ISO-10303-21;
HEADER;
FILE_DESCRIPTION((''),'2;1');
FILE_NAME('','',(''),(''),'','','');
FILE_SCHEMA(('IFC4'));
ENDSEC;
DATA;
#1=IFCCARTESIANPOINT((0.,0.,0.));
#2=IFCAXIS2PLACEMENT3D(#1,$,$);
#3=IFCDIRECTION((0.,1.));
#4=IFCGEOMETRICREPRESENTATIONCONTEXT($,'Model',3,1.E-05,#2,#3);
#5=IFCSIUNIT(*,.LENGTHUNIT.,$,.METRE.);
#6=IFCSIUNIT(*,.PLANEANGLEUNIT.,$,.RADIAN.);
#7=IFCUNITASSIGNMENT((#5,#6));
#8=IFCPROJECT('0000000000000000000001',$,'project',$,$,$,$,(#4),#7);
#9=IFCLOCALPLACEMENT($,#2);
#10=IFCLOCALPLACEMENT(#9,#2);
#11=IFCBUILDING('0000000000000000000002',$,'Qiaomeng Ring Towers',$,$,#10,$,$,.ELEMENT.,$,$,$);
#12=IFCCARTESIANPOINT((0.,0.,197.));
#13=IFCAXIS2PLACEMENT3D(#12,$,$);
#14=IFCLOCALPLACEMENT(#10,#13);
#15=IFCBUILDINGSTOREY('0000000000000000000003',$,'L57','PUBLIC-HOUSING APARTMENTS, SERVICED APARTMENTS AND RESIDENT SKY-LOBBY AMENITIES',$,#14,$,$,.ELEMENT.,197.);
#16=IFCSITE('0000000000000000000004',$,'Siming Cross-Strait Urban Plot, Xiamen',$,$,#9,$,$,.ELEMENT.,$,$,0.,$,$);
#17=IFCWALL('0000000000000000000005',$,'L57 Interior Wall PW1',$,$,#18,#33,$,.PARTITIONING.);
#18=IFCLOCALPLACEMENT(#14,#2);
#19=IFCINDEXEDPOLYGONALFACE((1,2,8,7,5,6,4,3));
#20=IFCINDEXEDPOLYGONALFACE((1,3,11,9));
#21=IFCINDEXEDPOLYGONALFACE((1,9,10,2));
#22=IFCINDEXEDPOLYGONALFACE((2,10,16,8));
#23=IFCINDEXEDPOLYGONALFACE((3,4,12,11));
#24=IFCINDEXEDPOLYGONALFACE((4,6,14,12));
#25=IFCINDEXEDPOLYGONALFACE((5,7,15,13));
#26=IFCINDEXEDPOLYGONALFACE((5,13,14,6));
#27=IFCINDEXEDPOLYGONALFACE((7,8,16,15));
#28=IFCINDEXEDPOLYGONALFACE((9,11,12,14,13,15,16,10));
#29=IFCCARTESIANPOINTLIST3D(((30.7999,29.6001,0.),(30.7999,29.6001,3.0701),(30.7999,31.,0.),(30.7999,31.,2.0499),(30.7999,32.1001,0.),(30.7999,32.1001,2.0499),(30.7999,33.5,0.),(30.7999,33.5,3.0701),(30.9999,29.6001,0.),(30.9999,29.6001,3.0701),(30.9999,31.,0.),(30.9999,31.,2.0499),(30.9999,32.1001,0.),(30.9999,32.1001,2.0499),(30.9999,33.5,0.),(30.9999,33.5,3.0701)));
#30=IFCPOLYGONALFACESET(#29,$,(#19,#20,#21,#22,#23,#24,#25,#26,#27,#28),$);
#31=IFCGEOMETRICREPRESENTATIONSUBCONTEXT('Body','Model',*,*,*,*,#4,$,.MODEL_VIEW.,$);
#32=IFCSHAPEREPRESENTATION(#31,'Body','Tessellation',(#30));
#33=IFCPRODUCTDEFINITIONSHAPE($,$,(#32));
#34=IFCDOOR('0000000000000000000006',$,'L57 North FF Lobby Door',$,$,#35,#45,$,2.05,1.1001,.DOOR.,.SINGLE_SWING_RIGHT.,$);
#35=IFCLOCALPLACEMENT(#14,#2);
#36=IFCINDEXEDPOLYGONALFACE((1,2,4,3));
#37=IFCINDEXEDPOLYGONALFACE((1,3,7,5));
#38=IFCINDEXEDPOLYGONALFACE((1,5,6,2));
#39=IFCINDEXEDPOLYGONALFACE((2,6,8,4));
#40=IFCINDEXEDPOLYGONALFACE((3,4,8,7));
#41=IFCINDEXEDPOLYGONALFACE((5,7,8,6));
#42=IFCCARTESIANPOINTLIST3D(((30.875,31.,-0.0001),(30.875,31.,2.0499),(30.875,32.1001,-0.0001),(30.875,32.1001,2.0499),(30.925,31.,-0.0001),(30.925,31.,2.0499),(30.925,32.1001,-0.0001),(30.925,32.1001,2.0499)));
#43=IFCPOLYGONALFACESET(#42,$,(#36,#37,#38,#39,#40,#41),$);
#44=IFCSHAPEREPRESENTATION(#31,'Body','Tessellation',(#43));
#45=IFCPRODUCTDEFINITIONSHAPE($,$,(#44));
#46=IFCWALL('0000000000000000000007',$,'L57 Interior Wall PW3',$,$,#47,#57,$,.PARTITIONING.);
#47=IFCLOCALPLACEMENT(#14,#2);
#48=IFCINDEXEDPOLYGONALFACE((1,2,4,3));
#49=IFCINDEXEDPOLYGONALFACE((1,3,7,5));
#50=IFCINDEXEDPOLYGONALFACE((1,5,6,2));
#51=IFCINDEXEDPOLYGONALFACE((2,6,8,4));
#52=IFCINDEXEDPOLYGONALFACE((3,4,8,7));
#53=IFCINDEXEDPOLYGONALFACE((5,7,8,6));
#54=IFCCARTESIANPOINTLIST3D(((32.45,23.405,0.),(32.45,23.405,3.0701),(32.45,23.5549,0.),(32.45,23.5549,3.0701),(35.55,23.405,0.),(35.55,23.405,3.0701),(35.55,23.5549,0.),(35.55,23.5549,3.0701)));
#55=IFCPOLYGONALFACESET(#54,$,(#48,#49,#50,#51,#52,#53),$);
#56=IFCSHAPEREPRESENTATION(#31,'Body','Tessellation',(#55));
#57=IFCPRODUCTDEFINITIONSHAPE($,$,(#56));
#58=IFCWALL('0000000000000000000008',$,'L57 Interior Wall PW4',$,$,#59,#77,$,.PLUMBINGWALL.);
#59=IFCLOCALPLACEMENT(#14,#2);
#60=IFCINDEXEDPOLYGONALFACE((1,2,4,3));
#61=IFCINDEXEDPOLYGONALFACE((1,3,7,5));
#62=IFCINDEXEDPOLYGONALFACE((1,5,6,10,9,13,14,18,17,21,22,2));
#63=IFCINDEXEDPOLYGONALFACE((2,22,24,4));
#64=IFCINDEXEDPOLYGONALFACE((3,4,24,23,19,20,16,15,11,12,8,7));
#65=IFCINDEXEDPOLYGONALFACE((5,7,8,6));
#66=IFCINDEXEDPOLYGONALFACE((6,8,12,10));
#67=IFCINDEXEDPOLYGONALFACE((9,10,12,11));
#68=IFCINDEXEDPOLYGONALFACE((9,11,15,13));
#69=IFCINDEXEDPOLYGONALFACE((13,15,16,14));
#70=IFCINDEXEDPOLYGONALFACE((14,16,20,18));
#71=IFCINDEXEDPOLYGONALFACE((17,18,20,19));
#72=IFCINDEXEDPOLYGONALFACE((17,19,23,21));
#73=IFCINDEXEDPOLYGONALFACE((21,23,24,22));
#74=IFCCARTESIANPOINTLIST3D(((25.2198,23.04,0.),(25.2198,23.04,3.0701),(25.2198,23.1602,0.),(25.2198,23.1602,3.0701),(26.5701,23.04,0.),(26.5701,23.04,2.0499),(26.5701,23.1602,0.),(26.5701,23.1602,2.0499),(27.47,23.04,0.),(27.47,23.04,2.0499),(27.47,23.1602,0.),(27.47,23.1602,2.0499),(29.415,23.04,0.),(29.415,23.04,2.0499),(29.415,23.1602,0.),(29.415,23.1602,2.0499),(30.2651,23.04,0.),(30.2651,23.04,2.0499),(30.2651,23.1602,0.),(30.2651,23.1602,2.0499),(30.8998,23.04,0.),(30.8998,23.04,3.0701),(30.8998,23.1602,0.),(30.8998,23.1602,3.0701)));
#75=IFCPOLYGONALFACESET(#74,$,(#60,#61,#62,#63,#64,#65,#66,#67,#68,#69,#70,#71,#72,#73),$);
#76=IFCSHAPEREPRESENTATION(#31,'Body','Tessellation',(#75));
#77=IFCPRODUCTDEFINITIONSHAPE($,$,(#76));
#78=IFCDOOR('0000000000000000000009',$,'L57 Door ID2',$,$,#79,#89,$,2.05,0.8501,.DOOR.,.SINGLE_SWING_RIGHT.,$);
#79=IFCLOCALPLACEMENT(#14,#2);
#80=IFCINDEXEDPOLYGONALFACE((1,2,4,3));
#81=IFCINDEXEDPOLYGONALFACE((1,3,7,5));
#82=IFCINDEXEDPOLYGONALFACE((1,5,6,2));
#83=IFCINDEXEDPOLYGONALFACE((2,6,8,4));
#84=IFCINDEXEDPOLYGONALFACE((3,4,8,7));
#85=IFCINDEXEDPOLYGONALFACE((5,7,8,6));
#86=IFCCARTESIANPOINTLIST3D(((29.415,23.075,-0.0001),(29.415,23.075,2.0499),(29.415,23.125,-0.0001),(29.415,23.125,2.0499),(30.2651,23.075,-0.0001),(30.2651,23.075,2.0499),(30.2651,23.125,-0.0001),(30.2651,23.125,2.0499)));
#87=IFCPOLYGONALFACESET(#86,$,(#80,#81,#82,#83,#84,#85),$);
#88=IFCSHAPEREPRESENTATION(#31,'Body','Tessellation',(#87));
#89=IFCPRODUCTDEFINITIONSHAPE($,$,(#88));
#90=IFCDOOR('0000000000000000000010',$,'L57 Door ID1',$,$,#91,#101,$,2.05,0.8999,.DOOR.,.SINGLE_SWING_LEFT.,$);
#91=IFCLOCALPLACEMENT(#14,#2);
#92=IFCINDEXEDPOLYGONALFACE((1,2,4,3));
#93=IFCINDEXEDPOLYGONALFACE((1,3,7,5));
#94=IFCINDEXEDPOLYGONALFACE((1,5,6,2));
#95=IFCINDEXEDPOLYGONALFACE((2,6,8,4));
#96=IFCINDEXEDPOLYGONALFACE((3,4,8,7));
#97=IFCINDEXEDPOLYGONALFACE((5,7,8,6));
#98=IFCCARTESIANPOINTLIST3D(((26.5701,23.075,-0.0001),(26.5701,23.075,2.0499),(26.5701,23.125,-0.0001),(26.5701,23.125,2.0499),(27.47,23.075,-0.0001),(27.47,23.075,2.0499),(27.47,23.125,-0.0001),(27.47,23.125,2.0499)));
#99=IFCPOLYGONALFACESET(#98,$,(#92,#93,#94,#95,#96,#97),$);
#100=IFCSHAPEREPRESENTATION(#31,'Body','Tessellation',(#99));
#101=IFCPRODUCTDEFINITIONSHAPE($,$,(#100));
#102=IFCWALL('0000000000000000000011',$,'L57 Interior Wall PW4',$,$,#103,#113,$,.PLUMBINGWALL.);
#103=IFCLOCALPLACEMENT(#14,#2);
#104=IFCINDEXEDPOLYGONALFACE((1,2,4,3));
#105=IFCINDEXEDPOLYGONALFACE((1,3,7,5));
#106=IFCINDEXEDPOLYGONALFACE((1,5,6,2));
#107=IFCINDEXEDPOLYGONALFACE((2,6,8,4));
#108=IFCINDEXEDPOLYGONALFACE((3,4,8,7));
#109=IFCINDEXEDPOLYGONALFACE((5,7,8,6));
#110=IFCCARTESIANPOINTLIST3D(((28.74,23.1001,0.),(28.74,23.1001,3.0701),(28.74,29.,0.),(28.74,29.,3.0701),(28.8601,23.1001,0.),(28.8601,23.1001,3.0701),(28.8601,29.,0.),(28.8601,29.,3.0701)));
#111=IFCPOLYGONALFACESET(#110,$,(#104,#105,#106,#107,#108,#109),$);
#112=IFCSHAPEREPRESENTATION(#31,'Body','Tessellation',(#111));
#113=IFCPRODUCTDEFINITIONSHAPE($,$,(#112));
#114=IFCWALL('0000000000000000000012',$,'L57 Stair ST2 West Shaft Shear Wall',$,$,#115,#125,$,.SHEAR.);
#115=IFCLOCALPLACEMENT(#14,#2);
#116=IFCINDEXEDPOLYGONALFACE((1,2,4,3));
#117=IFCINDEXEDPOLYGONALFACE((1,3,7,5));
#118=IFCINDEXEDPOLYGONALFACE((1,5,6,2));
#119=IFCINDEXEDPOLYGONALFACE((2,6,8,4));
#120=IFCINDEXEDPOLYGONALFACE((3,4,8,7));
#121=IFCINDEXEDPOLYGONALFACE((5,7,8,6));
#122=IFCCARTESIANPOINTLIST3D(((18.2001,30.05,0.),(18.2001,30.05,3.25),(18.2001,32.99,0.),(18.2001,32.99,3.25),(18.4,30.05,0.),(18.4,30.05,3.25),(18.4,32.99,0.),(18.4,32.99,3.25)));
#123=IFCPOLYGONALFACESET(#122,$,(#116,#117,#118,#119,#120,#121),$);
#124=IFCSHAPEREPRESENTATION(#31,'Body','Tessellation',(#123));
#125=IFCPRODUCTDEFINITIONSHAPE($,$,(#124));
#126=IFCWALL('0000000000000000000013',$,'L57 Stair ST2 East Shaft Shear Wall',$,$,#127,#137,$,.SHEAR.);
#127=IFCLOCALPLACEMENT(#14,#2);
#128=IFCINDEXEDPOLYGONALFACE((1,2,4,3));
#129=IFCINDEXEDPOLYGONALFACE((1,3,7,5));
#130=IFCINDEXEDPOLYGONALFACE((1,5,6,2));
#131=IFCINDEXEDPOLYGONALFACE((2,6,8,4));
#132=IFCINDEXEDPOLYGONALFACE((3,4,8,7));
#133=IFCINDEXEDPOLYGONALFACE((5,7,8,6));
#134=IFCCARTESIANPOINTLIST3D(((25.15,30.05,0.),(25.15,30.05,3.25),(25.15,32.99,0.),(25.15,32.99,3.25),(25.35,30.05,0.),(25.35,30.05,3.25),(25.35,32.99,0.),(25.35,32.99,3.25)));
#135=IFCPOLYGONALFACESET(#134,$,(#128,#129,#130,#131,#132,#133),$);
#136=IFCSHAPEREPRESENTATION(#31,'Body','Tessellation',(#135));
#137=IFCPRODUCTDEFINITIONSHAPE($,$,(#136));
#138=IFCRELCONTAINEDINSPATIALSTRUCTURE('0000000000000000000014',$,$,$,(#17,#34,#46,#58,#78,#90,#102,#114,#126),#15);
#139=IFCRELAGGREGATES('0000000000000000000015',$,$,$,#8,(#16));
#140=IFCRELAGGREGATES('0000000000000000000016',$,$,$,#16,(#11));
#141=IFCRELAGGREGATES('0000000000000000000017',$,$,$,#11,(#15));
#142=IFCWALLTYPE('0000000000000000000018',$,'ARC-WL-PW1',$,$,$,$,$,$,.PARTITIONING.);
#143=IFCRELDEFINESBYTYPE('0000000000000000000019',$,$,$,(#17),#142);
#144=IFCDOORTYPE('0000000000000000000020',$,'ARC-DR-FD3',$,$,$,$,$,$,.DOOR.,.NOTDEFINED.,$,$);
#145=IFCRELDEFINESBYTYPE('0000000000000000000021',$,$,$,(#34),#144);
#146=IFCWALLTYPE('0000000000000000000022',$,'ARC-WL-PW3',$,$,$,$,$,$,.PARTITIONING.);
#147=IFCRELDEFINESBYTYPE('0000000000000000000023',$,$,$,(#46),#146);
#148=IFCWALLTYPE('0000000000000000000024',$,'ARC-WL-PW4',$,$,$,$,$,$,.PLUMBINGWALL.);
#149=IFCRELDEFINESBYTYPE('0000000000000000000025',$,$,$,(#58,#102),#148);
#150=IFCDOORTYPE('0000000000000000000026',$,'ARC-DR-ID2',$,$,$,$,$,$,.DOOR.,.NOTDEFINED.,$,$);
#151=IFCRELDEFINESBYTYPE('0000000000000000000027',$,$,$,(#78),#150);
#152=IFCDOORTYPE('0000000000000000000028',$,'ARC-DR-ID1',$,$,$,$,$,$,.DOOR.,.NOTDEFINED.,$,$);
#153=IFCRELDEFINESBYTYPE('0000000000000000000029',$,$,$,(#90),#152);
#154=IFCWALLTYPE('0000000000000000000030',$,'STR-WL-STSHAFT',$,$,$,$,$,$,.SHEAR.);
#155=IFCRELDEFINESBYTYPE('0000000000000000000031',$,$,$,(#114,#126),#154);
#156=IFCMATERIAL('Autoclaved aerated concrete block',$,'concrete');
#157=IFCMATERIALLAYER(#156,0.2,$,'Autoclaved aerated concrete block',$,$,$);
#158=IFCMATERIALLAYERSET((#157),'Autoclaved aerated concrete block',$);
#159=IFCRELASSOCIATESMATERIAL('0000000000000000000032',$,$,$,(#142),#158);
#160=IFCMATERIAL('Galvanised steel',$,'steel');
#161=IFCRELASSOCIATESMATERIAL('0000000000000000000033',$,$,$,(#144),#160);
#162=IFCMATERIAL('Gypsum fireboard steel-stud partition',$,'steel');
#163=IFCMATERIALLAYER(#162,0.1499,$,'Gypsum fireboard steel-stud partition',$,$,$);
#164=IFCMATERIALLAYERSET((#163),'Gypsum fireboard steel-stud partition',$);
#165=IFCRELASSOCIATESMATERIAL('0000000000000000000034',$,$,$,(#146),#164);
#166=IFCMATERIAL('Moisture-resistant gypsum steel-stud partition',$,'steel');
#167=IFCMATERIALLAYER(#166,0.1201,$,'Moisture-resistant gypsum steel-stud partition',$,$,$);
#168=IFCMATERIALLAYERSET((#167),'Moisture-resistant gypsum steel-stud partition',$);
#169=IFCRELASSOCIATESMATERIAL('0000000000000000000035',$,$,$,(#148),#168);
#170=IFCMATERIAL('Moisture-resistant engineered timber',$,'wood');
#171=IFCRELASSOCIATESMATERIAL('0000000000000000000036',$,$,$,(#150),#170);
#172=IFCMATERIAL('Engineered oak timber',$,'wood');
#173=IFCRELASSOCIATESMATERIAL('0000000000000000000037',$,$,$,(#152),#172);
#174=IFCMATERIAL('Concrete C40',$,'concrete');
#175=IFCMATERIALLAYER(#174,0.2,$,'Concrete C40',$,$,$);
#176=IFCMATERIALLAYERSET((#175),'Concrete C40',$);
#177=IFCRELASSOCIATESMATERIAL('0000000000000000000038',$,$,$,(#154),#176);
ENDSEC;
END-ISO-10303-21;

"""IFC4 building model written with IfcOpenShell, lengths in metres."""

from ifc_helpers import new_model, si_unit, direction, frame, frame_2d, origin, place, context, subcontext, project, spatial, rectangle, extrude, source, transform, mapped, material, layer, layer_set, type_object, element, fill, save


model = new_model("IFC4")

# Units and contexts
model_context = context("Model", 3, precision=1e-05, world=origin(), true_north=direction((0.0, 1.0)))
body_context = subcontext(model_context, "Body", "Model", "MODEL_VIEW")
ifc_project = project(units=[si_unit("LENGTHUNIT", "METRE"), si_unit("PLANEANGLEUNIT", "RADIAN")], contexts=[model_context])

# Site, building, storey
site_placement = place(None, origin())
site = spatial("IfcSite", under=ifc_project, at=site_placement, Name="Siming Cross-Strait Urban Plot, Xiamen", CompositionType="ELEMENT", RefElevation=0.0)
building_placement = place(site_placement, origin())
building = spatial("IfcBuilding", under=site, at=building_placement, Name="Qiaomeng Ring Towers", CompositionType="ELEMENT")
storey_placement = place(building_placement, frame((0.0, 0.0, 197.0)))
storey = spatial("IfcBuildingStorey", under=building, at=storey_placement, Name="L57", Description="PUBLIC-HOUSING APARTMENTS, SERVICED APARTMENTS AND RESIDENT SKY-LOBBY AMENITIES", CompositionType="ELEMENT", Elevation=197.0)

# Shared definitions
ifc_material_1 = material(Name="Concrete C40", Category="concrete")

# Shared definitions
ifc_material_2 = material(Name="Autoclaved aerated concrete block", Category="concrete")
ifc_layer_1 = layer(ifc_material_2, 0.2, Name="Autoclaved aerated concrete block")
ifc_layer_set_1 = layer_set([ifc_layer_1], Name="Autoclaved aerated concrete block")
wall_type_1 = type_object("IfcWallType", Name="ARC-WL-PW1", PredefinedType="PARTITIONING", material=ifc_layer_set_1)

# Wall, opening, door
wall_1_placement = place(storey_placement, frame((30.8999, 29.6001, 0.0), z_axis=(0.0, 0.0, 1.0), x_axis=(0.0, 1.0, 0.0)))
wall_1 = element("IfcWall", 1, at=wall_1_placement, inside=storey, type_object=wall_type_1, Name="L57 Interior Wall PW1", PredefinedType="PARTITIONING", context=body_context, shape_type="SweptSolid", body=[
    extrude(rectangle(XDim=3.8999, YDim=0.2, at=frame_2d((1.95, 0.0))), origin(), (0.0, 0.0, 1.0), 3.0701),
])
opening_1_placement = place(wall_1_placement, frame((1.3999, 0.0, 0.0)))
opening_1 = element("IfcOpeningElement", 2, at=opening_1_placement, cuts=wall_1, PredefinedType="OPENING", context=body_context, shape_type="SweptSolid", body=[
    extrude(rectangle(XDim=1.1001, YDim=2.05, at=frame_2d((0.55, 1.0249))), frame((0.0, 0.1099, 0.0), z_axis=(0.0, -1.0, 0.0), x_axis=(1.0, 0.0, 0.0)), (0.0, 0.0, 1.0), 0.22),
])
ifc_material_3 = material(Name="Galvanised steel", Category="steel")
door_type_1 = type_object("IfcDoorType", Name="ARC-DR-FD3", OperationType="NOTDEFINED", PredefinedType="DOOR", material=ifc_material_3)
shared_shape_1 = source(origin(), body_context, "Body", "SweptSolid", [
    extrude(rectangle(XDim=1.1001, YDim=2.05, at=frame_2d((0.55, 1.0249))), frame((0.0, 0.0249, 0.0), z_axis=(0.0, -1.0, 0.0), x_axis=(1.0, 0.0, 0.0)), (0.0, 0.0, 1.0), 0.05),
])
door_1_placement = place(opening_1_placement, origin())
door_1 = element("IfcDoor", 3, at=door_1_placement, inside=storey, type_object=door_type_1, Name="L57 North FF Lobby Door", OperationType="SINGLE_SWING_RIGHT", OverallHeight=2.05, OverallWidth=1.1001, PredefinedType="DOOR", context=body_context, shape_type="MappedRepresentation", body=[
    mapped(shared_shape_1, transform((0.0, 0.0, 0.0), x_axis=(1.0, 0.0, 0.0), y_axis=(0.0, 1.0, 0.0), z_axis=(0.0, 0.0, 1.0), scale=1.0)),
])
fill(opening_1, door_1)

# Wall
ifc_material_4 = material(Name="Gypsum fireboard steel-stud partition", Category="steel")
ifc_layer_2 = layer(ifc_material_4, 0.1499, Name="Gypsum fireboard steel-stud partition")
ifc_layer_set_2 = layer_set([ifc_layer_2], Name="Gypsum fireboard steel-stud partition")
wall_type_2 = type_object("IfcWallType", Name="ARC-WL-PW3", PredefinedType="PARTITIONING", material=ifc_layer_set_2)
wall_2_placement = place(storey_placement, frame((32.45, 23.48, 0.0), z_axis=(0.0, 0.0, 1.0), x_axis=(1.0, 0.0, 0.0)))
element("IfcWall", 4, at=wall_2_placement, inside=storey, type_object=wall_type_2, Name="L57 Interior Wall PW3", PredefinedType="PARTITIONING", context=body_context, shape_type="SweptSolid", body=[
    extrude(rectangle(XDim=3.1001, YDim=0.1499, at=frame_2d((1.55, 0.0))), origin(), (0.0, 0.0, 1.0), 3.0701),
])

# Wall, openings, doors
ifc_material_5 = material(Name="Moisture-resistant gypsum steel-stud partition", Category="steel")
ifc_layer_3 = layer(ifc_material_5, 0.1201, Name="Moisture-resistant gypsum steel-stud partition")
ifc_layer_set_3 = layer_set([ifc_layer_3], Name="Moisture-resistant gypsum steel-stud partition")
wall_type_3 = type_object("IfcWallType", Name="ARC-WL-PW4", PredefinedType="PLUMBINGWALL", material=ifc_layer_set_3)
wall_3_placement = place(storey_placement, frame((25.22, 23.1001, 0.0), z_axis=(0.0, 0.0, 1.0), x_axis=(1.0, 0.0, 0.0)))
wall_3 = element("IfcWall", 5, at=wall_3_placement, inside=storey, type_object=wall_type_3, Name="L57 Interior Wall PW4", PredefinedType="PLUMBINGWALL", context=body_context, shape_type="SweptSolid", body=[
    extrude(rectangle(XDim=5.6799, YDim=0.1201, at=frame_2d((2.8398, 0.0))), origin(), (0.0, 0.0, 1.0), 3.0701),
])
opening_2_placement = place(wall_3_placement, frame((1.3501, 0.0, 0.0)))
opening_2 = element("IfcOpeningElement", 6, at=opening_2_placement, cuts=wall_3, PredefinedType="OPENING", context=body_context, shape_type="SweptSolid", body=[
    extrude(rectangle(XDim=0.8999, YDim=2.05, at=frame_2d((0.45, 1.0249))), frame((0.0, 0.0701, 0.0), z_axis=(0.0, -1.0, 0.0), x_axis=(1.0, 0.0, 0.0)), (0.0, 0.0, 1.0), 0.1401),
])
opening_3_placement = place(wall_3_placement, frame((4.1951, 0.0, 0.0)))
opening_3 = element("IfcOpeningElement", 7, at=opening_3_placement, cuts=wall_3, PredefinedType="OPENING", context=body_context, shape_type="SweptSolid", body=[
    extrude(rectangle(XDim=0.8501, YDim=2.05, at=frame_2d((0.425, 1.0249))), frame((0.0, 0.0701, 0.0), z_axis=(0.0, -1.0, 0.0), x_axis=(1.0, 0.0, 0.0)), (0.0, 0.0, 1.0), 0.1401),
])
ifc_material_6 = material(Name="Moisture-resistant engineered timber", Category="wood")
door_type_2 = type_object("IfcDoorType", Name="ARC-DR-ID2", OperationType="NOTDEFINED", PredefinedType="DOOR", material=ifc_material_6)
shared_shape_2 = source(origin(), body_context, "Body", "SweptSolid", [
    extrude(rectangle(XDim=0.8501, YDim=2.05, at=frame_2d((0.425, 1.0249))), frame((0.0, 0.0249, 0.0), z_axis=(0.0, -1.0, 0.0), x_axis=(1.0, 0.0, 0.0)), (0.0, 0.0, 1.0), 0.05),
])
door_2_placement = place(opening_3_placement, origin())
door_2 = element("IfcDoor", 8, at=door_2_placement, inside=storey, type_object=door_type_2, Name="L57 Door ID2", OperationType="SINGLE_SWING_RIGHT", OverallHeight=2.05, OverallWidth=0.8501, PredefinedType="DOOR", context=body_context, shape_type="MappedRepresentation", body=[
    mapped(shared_shape_2, transform((0.0, 0.0, 0.0), x_axis=(1.0, 0.0, 0.0), y_axis=(0.0, 1.0, 0.0), z_axis=(0.0, 0.0, 1.0), scale=1.0)),
])
fill(opening_3, door_2)
ifc_material_7 = material(Name="Engineered oak timber", Category="wood")
door_type_3 = type_object("IfcDoorType", Name="ARC-DR-ID1", OperationType="NOTDEFINED", PredefinedType="DOOR", material=ifc_material_7)
shared_shape_3 = source(origin(), body_context, "Body", "SweptSolid", [
    extrude(rectangle(XDim=0.8999, YDim=2.05, at=frame_2d((0.45, 1.0249))), frame((0.0, 0.0249, 0.0), z_axis=(0.0, -1.0, 0.0), x_axis=(1.0, 0.0, 0.0)), (0.0, 0.0, 1.0), 0.05),
])
door_3_placement = place(opening_2_placement, origin())
door_3 = element("IfcDoor", 9, at=door_3_placement, inside=storey, type_object=door_type_3, Name="L57 Door ID1", OperationType="SINGLE_SWING_LEFT", OverallHeight=2.05, OverallWidth=0.8999, PredefinedType="DOOR", context=body_context, shape_type="MappedRepresentation", body=[
    mapped(shared_shape_3, transform((0.0, 0.0, 0.0), x_axis=(1.0, 0.0, 0.0), y_axis=(0.0, 1.0, 0.0), z_axis=(0.0, 0.0, 1.0), scale=1.0)),
])
fill(opening_2, door_3)

# Walls
wall_4_placement = place(storey_placement, frame((28.8, 23.1001, 0.0), z_axis=(0.0, 0.0, 1.0), x_axis=(0.0, 1.0, 0.0)))
element("IfcWall", 10, at=wall_4_placement, inside=storey, type_object=wall_type_3, Name="L57 Interior Wall PW4", PredefinedType="PLUMBINGWALL", context=body_context, shape_type="SweptSolid", body=[
    extrude(rectangle(XDim=5.8999, YDim=0.1201, at=frame_2d((2.95, 0.0))), origin(), (0.0, 0.0, 1.0), 3.0701),
])
ifc_layer_4 = layer(ifc_material_1, 0.2, Name="Concrete C40")
ifc_layer_set_4 = layer_set([ifc_layer_4], Name="Concrete C40")
wall_type_4 = type_object("IfcWallType", Name="STR-WL-STSHAFT", PredefinedType="SHEAR", material=ifc_layer_set_4)
for number, where, z_axis, x_axis, name in (
    (11, (18.3, 30.05, 0.0), (0.0, 0.0, 1.0), (0.0, 1.0, 0.0), "L57 Stair ST2 West Shaft Shear Wall"),
    (12, (25.25, 30.05, 0.0), (0.0, 0.0, 1.0), (0.0, 1.0, 0.0), "L57 Stair ST2 East Shaft Shear Wall"),
):
    element("IfcWall", number, at=place(storey_placement, frame(where, z_axis=z_axis, x_axis=x_axis)), inside=storey, type_object=wall_type_4, Name=name, PredefinedType="SHEAR", context=body_context, shape_type="SweptSolid", body=[
        extrude(rectangle(XDim=2.9399, YDim=0.2, at=frame_2d((1.47, 0.0))), origin(), (0.0, 0.0, 1.0), 3.25),
    ])

save(model, "model.ifc")
